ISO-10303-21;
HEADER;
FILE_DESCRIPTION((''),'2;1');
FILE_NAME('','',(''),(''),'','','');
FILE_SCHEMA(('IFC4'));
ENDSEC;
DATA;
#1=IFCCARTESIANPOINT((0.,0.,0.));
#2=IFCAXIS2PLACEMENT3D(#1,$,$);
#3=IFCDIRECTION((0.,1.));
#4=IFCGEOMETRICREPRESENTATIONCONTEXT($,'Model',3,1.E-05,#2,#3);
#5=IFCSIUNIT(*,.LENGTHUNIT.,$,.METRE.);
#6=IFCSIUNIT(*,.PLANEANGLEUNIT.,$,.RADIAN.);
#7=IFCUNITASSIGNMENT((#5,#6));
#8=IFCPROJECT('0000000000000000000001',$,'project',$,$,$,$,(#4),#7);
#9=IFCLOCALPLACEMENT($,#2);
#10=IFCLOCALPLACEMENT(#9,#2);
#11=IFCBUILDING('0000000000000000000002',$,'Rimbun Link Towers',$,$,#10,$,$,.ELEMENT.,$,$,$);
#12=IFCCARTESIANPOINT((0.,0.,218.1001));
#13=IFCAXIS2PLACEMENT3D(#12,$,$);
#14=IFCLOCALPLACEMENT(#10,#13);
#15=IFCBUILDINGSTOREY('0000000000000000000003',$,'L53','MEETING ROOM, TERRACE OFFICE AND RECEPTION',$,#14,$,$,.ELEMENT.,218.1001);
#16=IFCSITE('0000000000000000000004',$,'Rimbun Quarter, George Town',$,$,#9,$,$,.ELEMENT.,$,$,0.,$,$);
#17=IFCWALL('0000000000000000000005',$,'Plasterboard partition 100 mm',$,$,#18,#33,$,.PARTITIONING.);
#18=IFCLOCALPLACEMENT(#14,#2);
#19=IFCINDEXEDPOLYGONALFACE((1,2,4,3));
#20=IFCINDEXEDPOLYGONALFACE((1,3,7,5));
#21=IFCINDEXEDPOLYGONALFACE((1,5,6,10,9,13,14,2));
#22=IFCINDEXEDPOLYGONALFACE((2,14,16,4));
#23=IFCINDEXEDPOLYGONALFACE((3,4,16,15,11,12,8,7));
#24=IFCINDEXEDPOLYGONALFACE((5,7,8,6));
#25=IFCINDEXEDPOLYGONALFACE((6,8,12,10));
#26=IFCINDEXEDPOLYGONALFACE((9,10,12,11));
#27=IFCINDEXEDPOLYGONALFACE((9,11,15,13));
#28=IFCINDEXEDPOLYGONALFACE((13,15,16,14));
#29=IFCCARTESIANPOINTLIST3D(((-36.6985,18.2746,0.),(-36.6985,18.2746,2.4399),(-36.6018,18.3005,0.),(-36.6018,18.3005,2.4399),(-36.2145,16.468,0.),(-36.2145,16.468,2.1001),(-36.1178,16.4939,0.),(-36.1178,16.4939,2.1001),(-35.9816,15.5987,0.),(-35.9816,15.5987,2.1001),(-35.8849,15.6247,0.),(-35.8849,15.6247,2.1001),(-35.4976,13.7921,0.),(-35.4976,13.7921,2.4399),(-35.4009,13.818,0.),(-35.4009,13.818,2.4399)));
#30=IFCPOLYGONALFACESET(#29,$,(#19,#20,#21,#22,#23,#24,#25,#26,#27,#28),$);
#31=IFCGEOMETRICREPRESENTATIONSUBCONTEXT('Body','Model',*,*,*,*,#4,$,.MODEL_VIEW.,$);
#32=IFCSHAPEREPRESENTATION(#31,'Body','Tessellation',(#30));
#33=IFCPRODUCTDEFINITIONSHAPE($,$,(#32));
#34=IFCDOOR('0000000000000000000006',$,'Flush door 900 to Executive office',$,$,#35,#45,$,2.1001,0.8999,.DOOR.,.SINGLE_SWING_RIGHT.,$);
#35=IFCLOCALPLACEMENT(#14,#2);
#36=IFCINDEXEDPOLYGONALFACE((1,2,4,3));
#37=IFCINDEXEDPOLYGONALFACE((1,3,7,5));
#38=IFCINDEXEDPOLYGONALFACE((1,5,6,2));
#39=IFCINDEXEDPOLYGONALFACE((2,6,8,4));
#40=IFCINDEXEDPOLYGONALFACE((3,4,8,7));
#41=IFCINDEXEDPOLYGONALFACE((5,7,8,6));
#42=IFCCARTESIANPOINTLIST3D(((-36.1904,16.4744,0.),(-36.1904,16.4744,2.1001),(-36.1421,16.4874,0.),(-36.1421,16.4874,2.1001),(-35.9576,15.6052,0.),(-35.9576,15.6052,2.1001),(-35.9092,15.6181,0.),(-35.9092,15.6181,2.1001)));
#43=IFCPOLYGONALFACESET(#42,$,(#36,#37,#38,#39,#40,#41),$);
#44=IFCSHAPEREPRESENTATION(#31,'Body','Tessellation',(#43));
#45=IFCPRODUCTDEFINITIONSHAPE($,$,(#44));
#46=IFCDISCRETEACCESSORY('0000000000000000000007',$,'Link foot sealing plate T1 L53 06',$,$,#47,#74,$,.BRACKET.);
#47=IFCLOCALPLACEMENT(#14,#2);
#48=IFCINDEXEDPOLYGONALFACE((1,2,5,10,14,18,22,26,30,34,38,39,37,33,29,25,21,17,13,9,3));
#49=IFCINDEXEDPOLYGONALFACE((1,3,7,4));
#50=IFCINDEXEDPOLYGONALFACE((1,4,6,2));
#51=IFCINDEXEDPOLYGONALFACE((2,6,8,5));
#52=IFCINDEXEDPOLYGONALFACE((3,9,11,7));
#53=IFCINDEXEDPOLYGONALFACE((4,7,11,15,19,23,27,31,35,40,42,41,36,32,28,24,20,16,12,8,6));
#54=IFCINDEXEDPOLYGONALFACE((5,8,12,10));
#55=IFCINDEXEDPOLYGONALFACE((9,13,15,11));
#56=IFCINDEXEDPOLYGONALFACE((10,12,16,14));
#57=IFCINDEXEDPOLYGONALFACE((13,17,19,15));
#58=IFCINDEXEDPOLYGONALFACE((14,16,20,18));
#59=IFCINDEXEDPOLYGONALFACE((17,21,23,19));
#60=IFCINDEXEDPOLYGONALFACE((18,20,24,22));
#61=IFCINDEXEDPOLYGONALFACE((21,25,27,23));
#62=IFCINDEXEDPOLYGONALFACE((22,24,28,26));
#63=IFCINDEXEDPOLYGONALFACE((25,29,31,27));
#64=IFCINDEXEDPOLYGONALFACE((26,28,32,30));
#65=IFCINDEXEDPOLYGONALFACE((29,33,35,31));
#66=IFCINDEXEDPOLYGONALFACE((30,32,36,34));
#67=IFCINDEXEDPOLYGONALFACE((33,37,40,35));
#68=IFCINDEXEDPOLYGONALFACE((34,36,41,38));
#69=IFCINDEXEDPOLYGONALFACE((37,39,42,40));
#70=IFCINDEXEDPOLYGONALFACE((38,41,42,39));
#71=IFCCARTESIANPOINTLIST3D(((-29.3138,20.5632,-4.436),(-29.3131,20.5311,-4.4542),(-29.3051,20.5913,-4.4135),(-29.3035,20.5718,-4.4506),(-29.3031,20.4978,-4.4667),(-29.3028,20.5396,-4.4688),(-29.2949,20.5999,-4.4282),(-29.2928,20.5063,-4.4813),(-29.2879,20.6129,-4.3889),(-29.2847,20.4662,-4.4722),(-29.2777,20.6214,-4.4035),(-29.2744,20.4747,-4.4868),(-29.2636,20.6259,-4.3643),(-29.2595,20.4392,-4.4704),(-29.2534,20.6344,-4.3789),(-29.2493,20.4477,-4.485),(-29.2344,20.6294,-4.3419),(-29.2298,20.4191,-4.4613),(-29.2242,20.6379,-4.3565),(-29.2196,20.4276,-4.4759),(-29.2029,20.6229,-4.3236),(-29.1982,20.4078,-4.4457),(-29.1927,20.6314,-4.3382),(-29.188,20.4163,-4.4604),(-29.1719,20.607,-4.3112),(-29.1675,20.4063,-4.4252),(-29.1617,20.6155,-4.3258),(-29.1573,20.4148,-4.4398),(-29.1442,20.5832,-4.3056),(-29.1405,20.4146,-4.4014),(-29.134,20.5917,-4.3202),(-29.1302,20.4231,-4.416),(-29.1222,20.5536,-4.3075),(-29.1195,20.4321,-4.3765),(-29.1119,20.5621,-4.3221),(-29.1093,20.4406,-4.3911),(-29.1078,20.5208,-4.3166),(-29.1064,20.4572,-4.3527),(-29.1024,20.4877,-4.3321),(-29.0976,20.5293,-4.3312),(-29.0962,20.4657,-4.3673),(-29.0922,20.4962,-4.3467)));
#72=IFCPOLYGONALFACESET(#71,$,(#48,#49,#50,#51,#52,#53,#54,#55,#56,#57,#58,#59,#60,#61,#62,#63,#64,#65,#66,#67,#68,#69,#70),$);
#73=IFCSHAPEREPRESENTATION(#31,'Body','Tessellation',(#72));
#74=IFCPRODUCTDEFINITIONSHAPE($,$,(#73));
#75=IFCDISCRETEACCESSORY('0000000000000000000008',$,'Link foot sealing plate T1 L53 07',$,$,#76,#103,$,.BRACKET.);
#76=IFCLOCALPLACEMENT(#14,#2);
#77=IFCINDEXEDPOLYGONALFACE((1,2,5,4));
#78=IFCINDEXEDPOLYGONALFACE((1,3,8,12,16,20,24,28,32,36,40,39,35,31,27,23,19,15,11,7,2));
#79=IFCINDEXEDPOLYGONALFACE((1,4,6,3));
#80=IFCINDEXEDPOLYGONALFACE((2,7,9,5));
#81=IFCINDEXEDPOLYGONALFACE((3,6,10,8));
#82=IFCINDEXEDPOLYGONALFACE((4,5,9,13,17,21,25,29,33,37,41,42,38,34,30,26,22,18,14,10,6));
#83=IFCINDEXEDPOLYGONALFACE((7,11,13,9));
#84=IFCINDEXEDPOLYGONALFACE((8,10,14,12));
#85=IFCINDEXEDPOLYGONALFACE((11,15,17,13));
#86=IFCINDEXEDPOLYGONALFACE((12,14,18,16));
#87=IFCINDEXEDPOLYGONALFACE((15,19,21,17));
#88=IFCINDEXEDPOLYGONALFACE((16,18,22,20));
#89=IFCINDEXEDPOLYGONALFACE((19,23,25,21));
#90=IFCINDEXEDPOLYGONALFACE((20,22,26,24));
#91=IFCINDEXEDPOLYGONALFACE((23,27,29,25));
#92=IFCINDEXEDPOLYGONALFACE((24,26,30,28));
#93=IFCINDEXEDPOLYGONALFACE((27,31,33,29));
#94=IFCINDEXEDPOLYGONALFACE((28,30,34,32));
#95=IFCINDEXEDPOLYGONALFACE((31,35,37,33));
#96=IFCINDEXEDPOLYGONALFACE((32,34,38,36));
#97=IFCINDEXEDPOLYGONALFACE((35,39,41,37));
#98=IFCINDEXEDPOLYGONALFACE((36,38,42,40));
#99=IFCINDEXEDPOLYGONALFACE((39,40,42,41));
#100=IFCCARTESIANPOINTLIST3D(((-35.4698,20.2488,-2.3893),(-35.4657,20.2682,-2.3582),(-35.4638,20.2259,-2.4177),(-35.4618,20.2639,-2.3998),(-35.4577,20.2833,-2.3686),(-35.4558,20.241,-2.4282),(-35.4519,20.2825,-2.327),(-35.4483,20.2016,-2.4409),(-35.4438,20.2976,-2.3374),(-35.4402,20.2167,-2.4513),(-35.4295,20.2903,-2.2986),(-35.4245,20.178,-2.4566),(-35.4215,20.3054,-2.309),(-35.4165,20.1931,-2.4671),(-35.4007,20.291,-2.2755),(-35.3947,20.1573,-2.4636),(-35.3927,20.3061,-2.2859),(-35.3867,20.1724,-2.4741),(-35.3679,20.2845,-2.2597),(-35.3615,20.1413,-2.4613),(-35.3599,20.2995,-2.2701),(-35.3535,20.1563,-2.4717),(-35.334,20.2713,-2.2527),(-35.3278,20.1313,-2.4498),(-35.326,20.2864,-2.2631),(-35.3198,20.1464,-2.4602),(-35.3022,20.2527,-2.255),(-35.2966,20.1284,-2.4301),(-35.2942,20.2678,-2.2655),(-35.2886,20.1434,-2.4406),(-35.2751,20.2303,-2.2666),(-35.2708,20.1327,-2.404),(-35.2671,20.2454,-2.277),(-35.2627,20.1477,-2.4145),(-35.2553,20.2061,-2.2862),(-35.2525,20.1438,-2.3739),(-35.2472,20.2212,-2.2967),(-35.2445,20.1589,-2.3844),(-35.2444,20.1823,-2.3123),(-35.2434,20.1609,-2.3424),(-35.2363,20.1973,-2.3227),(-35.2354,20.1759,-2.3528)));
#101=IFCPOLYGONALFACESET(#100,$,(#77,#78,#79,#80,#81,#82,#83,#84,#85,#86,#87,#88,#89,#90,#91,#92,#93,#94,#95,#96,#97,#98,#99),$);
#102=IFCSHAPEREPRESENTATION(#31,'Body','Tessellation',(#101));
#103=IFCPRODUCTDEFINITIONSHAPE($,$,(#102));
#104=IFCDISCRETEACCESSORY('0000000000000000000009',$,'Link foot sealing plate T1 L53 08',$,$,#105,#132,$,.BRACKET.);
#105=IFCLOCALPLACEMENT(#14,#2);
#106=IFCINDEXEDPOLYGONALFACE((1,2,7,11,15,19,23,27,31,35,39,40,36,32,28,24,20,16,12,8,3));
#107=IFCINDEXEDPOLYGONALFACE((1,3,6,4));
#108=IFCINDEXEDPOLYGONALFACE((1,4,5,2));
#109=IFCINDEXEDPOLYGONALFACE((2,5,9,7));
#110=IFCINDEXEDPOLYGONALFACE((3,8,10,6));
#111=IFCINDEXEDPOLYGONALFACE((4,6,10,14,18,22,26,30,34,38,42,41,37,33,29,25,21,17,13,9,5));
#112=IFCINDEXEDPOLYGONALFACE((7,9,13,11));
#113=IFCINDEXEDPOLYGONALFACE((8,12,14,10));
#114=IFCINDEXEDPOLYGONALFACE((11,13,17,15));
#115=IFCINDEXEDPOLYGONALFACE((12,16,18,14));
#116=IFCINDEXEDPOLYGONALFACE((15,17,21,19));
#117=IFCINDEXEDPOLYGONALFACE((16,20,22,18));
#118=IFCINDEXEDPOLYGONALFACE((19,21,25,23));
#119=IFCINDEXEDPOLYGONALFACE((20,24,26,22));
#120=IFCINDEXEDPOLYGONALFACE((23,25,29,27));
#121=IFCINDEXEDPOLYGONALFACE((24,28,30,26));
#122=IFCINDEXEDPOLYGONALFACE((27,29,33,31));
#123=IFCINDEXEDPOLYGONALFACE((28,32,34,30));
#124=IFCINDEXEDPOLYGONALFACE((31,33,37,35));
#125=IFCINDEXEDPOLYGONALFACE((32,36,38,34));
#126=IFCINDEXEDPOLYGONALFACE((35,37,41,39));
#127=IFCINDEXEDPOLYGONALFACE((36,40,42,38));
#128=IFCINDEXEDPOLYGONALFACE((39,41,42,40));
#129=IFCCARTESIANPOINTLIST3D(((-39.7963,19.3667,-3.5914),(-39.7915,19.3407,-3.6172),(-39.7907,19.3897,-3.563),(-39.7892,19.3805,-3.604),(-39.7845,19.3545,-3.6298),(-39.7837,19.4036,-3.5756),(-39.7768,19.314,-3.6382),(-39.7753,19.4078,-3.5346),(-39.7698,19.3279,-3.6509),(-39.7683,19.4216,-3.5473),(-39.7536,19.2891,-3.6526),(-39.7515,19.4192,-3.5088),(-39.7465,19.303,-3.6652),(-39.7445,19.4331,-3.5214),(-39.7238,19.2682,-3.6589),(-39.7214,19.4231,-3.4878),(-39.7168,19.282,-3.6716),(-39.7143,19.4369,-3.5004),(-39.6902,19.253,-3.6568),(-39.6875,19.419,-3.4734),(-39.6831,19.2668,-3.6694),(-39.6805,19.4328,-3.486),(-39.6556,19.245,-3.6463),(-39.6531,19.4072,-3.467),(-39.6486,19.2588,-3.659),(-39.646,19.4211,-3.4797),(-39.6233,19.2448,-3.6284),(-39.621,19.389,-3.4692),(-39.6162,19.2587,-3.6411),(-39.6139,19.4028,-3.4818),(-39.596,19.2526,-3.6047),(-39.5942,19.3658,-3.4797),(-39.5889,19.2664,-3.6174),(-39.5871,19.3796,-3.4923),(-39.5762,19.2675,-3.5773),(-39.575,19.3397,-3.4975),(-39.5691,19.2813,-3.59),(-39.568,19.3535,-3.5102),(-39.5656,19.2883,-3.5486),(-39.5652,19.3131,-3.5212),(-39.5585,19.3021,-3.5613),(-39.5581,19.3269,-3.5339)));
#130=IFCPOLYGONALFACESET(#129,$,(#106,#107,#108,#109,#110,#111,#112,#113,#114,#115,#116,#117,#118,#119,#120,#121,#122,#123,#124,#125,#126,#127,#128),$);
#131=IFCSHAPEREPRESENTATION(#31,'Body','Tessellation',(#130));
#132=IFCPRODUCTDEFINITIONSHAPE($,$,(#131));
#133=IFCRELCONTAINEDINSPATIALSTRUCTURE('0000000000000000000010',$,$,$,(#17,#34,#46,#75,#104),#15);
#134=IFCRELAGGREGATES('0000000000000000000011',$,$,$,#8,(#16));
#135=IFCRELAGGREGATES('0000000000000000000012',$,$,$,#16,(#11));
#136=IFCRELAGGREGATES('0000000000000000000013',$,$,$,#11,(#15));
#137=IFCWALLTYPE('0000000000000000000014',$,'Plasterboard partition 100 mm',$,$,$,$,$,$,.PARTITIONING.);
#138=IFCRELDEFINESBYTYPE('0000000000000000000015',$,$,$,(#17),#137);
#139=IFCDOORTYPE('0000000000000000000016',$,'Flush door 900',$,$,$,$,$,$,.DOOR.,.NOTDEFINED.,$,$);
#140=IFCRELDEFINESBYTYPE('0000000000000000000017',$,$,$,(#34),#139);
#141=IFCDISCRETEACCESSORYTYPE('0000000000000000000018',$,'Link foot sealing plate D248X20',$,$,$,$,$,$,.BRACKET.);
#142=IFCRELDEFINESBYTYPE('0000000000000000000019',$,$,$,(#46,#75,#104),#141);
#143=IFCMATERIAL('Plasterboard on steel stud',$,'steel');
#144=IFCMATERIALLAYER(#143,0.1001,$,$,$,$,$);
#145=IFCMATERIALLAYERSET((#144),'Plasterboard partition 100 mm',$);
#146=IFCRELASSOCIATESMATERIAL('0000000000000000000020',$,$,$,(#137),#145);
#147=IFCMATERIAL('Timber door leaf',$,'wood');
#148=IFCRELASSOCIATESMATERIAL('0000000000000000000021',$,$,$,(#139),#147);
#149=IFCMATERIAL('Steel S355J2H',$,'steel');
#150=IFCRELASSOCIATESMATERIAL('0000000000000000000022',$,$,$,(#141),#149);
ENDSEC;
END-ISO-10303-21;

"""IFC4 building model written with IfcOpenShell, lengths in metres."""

from ifc_helpers import new_model, si_unit, direction, frame, frame_2d, origin, origin_2d, place, context, subcontext, project, spatial, rectangle, circle, extrude, material, layer, layer_set, material_profile, profile_set, type_object, element, fill, save


model = new_model("IFC4")

# Units and contexts
model_context = context("Model", 3, precision=1e-05, world=origin(), true_north=direction((0.0, 1.0)))
body_context = subcontext(model_context, "Body", "Model", "MODEL_VIEW")
ifc_project = project(units=[si_unit("LENGTHUNIT", "METRE"), si_unit("PLANEANGLEUNIT", "RADIAN")], contexts=[model_context])

# Site, building, storey
site_placement = place(None, origin())
site = spatial("IfcSite", under=ifc_project, at=site_placement, Name="Rimbun Quarter, George Town", CompositionType="ELEMENT", RefElevation=0.0)
building_placement = place(site_placement, origin())
building = spatial("IfcBuilding", under=site, at=building_placement, Name="Rimbun Link Towers", CompositionType="ELEMENT")
storey_placement = place(building_placement, frame((0.0, 0.0, 218.1001)))
storey = spatial("IfcBuildingStorey", under=building, at=storey_placement, Name="L53", Description="MEETING ROOM, TERRACE OFFICE AND RECEPTION", CompositionType="ELEMENT", Elevation=218.1001)

# Wall, opening, door
ifc_material_1 = material(Name="Plasterboard on steel stud", Category="steel")
ifc_layer_1 = layer(ifc_material_1, 0.1001)
ifc_layer_set_1 = layer_set([ifc_layer_1], Name="Plasterboard partition 100 mm")
wall_type = type_object("IfcWallType", Name="Plasterboard partition 100 mm", PredefinedType="PARTITIONING", material=ifc_layer_set_1)
wall_placement = place(storey_placement, frame((-36.6501, 18.2876, 0.0), z_axis=(0.0, 0.0, 1.0), x_axis=(0.258779, -0.965937, 0.0)))
wall = element("IfcWall", 1, at=wall_placement, inside=storey, type_object=wall_type, Name="Plasterboard partition 100 mm", PredefinedType="PARTITIONING", context=body_context, shape_type="SweptSolid", body=[
    extrude(rectangle(XDim=4.6406, YDim=0.1001, at=frame_2d((2.3203, 0.0))), origin(), (0.0, 0.0, 1.0), 2.4399),
])
opening_placement = place(wall_placement, frame((1.8704, 0.0, 0.0)))
opening = element("IfcOpeningElement", 2, at=opening_placement, cuts=wall, PredefinedType="OPENING", context=body_context, shape_type="SweptSolid", body=[
    extrude(rectangle(XDim=0.8999, YDim=2.1001, at=frame_2d((0.45, 1.05))), frame((0.0, 0.0601, 0.0), z_axis=(0.0, -1.0, 0.0), x_axis=(1.0, 0.0, 0.0)), (0.0, 0.0, 1.0), 0.1201),
])
ifc_material_2 = material(Name="Timber door leaf", Category="wood")
door_type = type_object("IfcDoorType", Name="Flush door 900", OperationType="NOTDEFINED", PredefinedType="DOOR", material=ifc_material_2)
door_placement = place(opening_placement, origin())
door = element("IfcDoor", 3, at=door_placement, inside=storey, type_object=door_type, Name="Flush door 900 to Executive office", OperationType="SINGLE_SWING_RIGHT", OverallHeight=2.1001, OverallWidth=0.8999, PredefinedType="DOOR", context=body_context, shape_type="SweptSolid", body=[
    extrude(rectangle(XDim=0.8999, YDim=2.1001, at=frame_2d((0.45, 1.05))), frame((0.0, 0.0249, 0.0), z_axis=(0.0, -1.0, 0.0), x_axis=(1.0, 0.0, 0.0)), (0.0, 0.0, 1.0), 0.05),
])
fill(opening, door)

# Discrete accessories
ifc_material_3 = material(Name="Steel S355J2H", Category="steel")
ifc_material_profile_1 = material_profile(ifc_material_3, circle(Radius=0.124, at=origin_2d()), Name="PL D248")
ifc_profile_set_1 = profile_set([ifc_material_profile_1], Name="Steel S355J2H")
discrete_accessory_type = type_object("IfcDiscreteAccessoryType", Name="Link foot sealing plate D248X20", PredefinedType="BRACKET", material=ifc_profile_set_1)
discrete_accessory_placement = place(storey_placement, frame((-29.2085, 20.5176, -4.3889), z_axis=(0.517416, 0.43118, -0.739165), x_axis=(-0.640184, 0.768221, 0.0)))
element("IfcDiscreteAccessory", 4, at=discrete_accessory_placement, inside=storey, type_object=discrete_accessory_type, Name="Link foot sealing plate T1 L53 06", PredefinedType="BRACKET", context=body_context, shape_type="SweptSolid", body=[
    extrude(circle(Radius=0.124, at=origin_2d()), origin(), (0.0, 0.0, 1.0), 0.0198),
])
for number, where, z_axis, x_axis, name in (
    (5, (-35.3562, 20.21, -2.3582), (0.400714, 0.752858, -0.522143), (-0.882747, 0.469849, 0.0), "Link foot sealing plate T1 L53 07"),
    (6, (-39.6802, 19.3335, -3.563), (0.351832, 0.691532, -0.630871), (-0.891278, 0.453457, 0.0), "Link foot sealing plate T1 L53 08"),
):
    element("IfcDiscreteAccessory", number, at=place(storey_placement, frame(where, z_axis=z_axis, x_axis=x_axis)), inside=storey, type_object=discrete_accessory_type, Name=name, PredefinedType="BRACKET", context=body_context, shape_type="SweptSolid", body=[
        extrude(circle(Radius=0.124, at=origin_2d()), origin(), (0.0, 0.0, 1.0), 0.02),
    ])

save(model, "model.ifc")
